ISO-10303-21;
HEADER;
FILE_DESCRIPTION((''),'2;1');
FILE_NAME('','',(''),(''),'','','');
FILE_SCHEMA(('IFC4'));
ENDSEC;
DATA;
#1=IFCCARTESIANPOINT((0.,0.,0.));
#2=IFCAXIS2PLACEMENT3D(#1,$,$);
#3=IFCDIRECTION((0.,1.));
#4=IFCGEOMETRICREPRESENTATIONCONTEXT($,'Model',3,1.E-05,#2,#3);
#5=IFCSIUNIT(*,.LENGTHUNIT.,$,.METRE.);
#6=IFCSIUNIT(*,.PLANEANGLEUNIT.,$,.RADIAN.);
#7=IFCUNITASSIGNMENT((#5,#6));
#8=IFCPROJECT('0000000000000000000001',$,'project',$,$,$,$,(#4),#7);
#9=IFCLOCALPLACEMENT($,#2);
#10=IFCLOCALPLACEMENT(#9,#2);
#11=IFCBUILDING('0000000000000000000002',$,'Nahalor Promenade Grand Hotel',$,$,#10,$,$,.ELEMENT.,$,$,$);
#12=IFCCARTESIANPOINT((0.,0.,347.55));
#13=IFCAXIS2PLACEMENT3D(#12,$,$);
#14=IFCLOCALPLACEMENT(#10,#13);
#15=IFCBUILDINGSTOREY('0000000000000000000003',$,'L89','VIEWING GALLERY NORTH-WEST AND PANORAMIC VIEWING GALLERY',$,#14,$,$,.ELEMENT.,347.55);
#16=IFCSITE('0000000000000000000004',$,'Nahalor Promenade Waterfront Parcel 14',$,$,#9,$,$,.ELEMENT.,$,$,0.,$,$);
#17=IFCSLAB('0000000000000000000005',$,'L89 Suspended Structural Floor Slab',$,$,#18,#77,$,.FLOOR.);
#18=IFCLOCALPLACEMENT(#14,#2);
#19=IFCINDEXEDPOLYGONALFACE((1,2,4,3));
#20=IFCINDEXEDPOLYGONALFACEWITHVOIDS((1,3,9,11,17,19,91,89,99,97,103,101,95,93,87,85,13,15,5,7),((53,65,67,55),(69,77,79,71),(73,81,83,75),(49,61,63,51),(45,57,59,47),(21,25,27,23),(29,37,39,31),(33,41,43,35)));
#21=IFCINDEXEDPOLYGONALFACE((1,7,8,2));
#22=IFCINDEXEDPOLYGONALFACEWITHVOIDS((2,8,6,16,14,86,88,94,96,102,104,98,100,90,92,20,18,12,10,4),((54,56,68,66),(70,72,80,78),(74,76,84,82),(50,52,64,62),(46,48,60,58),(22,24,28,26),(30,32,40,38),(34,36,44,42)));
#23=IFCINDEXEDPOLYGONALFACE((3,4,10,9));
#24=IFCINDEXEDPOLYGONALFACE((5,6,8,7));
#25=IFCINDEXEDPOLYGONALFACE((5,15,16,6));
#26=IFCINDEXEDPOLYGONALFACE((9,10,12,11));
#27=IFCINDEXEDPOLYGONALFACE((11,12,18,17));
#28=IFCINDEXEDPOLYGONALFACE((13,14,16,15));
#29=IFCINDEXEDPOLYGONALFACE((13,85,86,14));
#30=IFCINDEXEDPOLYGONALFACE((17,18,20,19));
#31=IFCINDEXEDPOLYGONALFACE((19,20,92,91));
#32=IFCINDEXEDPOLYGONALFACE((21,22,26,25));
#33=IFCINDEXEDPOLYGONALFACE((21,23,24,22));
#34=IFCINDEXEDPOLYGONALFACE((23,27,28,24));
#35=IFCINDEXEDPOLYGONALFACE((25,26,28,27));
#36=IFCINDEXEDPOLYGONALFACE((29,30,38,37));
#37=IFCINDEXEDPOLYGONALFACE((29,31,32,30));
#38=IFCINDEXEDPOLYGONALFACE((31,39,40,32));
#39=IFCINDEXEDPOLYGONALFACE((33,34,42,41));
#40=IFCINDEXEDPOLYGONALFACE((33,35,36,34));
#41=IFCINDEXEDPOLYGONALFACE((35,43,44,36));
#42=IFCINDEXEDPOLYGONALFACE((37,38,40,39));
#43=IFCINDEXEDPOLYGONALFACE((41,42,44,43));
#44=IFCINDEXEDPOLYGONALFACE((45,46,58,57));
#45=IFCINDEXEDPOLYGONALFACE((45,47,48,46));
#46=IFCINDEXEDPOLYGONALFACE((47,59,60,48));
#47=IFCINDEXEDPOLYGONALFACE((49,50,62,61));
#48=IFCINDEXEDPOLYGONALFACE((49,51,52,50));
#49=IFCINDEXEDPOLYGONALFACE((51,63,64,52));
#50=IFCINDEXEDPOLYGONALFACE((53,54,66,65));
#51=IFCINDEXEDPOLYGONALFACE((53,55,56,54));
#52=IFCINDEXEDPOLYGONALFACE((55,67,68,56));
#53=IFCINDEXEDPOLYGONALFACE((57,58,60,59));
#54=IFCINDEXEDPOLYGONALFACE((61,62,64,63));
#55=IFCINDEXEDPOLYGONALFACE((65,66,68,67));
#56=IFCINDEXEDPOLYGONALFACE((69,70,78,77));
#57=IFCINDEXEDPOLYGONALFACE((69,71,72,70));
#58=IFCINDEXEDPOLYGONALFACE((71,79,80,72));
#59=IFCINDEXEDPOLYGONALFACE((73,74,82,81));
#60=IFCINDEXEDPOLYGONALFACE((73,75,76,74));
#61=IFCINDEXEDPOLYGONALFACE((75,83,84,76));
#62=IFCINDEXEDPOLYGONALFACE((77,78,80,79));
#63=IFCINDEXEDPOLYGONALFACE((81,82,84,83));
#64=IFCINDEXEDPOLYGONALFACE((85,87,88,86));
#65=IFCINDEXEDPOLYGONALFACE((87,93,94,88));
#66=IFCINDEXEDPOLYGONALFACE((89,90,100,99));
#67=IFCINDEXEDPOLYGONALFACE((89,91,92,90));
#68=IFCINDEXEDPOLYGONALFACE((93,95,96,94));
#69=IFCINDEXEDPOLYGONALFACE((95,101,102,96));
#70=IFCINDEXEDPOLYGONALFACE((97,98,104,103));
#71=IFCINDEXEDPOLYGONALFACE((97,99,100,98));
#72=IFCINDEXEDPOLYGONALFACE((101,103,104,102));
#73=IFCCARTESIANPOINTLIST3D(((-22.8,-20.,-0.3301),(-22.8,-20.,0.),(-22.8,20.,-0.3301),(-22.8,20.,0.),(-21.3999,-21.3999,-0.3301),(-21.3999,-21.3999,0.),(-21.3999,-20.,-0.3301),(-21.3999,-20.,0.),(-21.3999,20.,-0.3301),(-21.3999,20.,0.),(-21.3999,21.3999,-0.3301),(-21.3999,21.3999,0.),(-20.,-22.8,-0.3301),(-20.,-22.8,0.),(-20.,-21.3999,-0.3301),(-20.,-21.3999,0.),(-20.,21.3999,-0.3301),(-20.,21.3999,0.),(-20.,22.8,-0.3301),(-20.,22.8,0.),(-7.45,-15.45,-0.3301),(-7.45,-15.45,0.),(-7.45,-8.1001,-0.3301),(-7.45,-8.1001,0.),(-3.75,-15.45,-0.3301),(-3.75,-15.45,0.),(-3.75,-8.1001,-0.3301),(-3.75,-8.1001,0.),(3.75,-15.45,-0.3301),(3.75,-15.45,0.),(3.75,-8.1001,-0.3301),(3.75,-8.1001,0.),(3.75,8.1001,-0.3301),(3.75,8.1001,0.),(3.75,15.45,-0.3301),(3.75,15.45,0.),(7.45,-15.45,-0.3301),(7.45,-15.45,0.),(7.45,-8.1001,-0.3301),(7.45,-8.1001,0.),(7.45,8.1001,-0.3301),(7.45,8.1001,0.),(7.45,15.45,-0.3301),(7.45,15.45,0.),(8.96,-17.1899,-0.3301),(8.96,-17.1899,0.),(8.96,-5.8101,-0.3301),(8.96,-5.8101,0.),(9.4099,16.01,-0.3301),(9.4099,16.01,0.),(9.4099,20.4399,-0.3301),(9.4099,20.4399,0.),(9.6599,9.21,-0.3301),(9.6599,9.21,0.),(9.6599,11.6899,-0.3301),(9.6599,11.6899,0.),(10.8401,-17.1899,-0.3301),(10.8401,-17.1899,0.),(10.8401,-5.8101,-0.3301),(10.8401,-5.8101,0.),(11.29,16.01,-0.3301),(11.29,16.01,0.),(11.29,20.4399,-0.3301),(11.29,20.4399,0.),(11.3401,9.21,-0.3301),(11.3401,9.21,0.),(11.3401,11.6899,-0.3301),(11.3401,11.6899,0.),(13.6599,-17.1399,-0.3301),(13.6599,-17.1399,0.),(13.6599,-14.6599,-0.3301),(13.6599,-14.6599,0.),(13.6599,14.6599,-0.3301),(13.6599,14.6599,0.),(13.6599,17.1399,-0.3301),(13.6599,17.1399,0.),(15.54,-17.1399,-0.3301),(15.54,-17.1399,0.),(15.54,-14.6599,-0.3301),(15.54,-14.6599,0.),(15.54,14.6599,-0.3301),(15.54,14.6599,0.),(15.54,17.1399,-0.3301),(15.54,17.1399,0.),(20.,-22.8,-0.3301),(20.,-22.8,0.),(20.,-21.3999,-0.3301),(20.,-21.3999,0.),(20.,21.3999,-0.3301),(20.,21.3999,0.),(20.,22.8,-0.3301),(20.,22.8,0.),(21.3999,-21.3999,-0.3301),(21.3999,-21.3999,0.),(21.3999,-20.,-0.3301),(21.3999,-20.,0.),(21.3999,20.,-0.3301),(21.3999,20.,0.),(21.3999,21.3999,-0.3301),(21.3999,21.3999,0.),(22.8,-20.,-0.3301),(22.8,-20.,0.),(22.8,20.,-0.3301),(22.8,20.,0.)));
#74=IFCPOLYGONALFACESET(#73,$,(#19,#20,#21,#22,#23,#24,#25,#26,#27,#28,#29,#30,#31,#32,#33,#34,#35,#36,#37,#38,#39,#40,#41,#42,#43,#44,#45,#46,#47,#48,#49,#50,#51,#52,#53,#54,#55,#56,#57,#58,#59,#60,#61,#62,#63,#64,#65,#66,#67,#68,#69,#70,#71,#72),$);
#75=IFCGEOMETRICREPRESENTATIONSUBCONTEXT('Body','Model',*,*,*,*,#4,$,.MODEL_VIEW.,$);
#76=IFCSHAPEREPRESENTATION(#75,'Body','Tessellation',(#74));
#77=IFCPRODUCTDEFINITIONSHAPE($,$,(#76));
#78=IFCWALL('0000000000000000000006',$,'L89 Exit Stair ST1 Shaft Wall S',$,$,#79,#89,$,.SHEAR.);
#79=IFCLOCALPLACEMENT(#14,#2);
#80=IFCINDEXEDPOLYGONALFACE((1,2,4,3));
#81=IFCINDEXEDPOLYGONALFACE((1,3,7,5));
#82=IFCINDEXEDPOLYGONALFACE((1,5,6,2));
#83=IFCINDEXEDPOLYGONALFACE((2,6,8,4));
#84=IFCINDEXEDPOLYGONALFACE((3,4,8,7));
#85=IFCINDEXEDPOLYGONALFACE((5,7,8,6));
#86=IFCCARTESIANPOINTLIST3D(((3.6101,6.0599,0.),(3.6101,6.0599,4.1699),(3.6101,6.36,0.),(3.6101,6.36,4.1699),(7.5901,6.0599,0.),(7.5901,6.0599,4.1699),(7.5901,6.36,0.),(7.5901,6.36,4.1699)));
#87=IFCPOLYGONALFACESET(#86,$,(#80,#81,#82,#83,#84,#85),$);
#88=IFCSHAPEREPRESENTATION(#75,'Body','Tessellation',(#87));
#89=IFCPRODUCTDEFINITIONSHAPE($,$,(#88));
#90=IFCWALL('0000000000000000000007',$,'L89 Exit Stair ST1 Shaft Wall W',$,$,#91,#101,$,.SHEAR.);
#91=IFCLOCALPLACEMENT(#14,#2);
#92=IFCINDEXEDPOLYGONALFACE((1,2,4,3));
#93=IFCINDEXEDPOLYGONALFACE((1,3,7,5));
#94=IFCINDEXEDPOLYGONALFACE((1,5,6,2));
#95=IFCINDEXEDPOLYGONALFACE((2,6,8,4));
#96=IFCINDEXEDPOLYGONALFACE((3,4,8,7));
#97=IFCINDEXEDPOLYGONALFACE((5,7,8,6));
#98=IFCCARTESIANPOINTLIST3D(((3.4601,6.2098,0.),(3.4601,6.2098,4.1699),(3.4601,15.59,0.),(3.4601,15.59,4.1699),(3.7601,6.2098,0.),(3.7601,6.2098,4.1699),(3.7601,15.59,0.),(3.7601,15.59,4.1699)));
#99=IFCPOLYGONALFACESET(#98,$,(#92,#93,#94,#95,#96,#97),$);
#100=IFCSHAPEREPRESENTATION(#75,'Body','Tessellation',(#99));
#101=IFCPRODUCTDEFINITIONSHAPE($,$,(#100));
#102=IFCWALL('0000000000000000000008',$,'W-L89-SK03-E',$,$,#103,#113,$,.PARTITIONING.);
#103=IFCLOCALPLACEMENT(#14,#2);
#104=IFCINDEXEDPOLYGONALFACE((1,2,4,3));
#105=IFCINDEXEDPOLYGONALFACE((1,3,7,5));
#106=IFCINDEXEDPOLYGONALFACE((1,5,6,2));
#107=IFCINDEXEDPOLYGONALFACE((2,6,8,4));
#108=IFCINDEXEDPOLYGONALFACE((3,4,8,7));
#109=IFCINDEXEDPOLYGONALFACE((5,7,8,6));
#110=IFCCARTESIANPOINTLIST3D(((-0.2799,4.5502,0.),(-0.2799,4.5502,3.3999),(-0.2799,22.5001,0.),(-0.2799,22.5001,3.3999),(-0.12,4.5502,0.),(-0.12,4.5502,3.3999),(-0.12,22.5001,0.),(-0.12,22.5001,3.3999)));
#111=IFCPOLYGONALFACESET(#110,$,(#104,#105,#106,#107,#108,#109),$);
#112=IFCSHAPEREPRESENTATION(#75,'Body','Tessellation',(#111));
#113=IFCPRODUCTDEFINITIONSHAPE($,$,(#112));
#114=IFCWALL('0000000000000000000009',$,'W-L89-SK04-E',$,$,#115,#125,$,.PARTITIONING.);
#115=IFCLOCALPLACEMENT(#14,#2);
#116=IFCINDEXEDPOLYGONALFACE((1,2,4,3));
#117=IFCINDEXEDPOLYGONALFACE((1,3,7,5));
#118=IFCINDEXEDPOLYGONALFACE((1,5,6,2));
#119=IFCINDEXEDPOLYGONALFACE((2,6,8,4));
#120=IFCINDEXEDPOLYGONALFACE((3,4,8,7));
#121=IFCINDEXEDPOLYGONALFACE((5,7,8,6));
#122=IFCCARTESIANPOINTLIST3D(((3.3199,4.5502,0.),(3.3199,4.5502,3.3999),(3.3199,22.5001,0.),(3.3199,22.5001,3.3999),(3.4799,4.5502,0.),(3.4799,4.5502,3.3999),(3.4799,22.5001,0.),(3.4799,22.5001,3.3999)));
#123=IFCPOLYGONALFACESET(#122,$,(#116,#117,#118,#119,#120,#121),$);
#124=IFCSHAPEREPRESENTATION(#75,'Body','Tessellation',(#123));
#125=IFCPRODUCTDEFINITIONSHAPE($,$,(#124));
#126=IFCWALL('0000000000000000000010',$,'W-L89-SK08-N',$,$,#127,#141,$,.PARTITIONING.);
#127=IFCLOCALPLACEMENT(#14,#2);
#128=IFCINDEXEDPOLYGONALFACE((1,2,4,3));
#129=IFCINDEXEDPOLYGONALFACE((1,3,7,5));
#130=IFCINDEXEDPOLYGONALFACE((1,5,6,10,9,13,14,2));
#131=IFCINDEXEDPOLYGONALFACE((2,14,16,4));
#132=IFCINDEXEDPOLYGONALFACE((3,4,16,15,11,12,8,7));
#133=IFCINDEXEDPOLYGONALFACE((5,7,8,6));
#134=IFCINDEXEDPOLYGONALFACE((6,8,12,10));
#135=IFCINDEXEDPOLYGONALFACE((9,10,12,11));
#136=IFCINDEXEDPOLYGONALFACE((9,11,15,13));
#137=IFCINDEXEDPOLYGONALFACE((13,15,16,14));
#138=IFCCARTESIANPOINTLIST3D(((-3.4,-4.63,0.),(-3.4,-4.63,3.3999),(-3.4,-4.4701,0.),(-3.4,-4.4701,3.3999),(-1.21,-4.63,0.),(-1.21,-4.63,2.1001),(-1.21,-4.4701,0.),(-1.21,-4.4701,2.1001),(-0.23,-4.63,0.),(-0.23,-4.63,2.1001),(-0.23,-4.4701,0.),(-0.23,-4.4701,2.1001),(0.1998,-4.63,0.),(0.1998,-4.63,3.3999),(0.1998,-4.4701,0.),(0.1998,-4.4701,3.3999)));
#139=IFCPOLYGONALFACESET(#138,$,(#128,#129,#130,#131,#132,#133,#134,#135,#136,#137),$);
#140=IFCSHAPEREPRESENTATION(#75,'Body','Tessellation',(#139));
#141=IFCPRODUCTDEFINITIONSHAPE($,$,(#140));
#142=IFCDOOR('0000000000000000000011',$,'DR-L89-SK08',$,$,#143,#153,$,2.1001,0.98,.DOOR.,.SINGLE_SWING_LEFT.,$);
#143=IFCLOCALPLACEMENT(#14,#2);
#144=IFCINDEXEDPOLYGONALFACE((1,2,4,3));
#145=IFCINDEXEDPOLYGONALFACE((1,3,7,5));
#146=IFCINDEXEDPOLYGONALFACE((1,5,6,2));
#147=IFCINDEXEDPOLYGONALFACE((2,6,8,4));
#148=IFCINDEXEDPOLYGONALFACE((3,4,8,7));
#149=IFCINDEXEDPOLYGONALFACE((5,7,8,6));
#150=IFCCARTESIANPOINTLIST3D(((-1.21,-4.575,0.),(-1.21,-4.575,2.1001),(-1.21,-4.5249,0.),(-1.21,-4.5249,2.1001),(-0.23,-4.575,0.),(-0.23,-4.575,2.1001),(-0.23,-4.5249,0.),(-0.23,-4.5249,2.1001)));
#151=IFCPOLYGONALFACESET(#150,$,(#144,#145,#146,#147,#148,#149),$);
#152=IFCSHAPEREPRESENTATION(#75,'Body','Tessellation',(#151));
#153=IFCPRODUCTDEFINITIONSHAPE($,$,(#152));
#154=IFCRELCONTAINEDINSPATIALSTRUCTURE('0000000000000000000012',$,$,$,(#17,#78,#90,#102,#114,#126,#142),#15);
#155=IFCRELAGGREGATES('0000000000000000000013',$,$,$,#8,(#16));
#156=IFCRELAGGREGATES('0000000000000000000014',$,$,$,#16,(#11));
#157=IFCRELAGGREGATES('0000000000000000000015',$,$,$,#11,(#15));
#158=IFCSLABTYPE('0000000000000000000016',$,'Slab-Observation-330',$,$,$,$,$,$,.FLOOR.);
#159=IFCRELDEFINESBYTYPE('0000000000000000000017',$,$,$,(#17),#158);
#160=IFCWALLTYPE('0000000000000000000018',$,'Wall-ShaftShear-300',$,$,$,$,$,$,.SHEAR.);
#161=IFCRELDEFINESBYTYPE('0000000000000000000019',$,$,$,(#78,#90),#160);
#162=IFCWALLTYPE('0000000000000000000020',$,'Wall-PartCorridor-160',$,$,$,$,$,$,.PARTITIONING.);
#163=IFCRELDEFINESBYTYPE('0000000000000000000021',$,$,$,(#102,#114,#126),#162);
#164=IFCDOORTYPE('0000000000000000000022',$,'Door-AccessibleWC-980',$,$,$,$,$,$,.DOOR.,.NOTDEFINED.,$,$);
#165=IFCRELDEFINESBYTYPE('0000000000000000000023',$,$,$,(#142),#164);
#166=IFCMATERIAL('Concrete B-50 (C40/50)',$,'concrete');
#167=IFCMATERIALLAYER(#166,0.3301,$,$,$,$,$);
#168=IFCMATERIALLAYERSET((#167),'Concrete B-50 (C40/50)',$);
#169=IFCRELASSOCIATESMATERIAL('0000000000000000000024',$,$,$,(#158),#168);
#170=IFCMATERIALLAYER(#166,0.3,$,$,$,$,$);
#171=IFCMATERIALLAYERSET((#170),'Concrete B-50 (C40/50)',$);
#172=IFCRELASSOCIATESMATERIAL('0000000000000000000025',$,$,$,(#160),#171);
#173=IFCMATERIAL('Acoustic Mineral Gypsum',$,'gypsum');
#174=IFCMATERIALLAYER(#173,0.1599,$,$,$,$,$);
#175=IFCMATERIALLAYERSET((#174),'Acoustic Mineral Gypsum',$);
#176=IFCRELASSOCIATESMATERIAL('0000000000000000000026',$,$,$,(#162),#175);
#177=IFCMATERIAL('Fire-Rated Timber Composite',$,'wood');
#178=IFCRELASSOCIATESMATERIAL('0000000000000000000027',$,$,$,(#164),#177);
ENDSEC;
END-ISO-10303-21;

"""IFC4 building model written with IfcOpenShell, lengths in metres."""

from ifc_helpers import new_model, si_unit, direction, frame, frame_2d, origin, place, context, subcontext, project, spatial, polyline, rectangle, outline, extrude, source, transform, mapped, material, layer, layer_set, type_object, element, fill, save


model = new_model("IFC4")

# Units and contexts
model_context = context("Model", 3, precision=1e-05, world=origin(), true_north=direction((0.0, 1.0)))
body_context = subcontext(model_context, "Body", "Model", "MODEL_VIEW")
ifc_project = project(units=[si_unit("LENGTHUNIT", "METRE"), si_unit("PLANEANGLEUNIT", "RADIAN")], contexts=[model_context])

# Site, building, storey
site_placement = place(None, origin())
site = spatial("IfcSite", under=ifc_project, at=site_placement, Name="Nahalor Promenade Waterfront Parcel 14", CompositionType="ELEMENT", RefElevation=0.0)
building_placement = place(site_placement, origin())
building = spatial("IfcBuilding", under=site, at=building_placement, Name="Nahalor Promenade Grand Hotel", CompositionType="ELEMENT")
storey_placement = place(building_placement, frame((0.0, 0.0, 347.55)))
storey = spatial("IfcBuildingStorey", under=building, at=storey_placement, Name="L89", Description="VIEWING GALLERY NORTH-WEST AND PANORAMIC VIEWING GALLERY", CompositionType="ELEMENT", Elevation=347.55)

# Shared definitions
ifc_material_1 = material(Name="Concrete B-50 (C40/50)", Category="concrete")

# Slab
ifc_layer_1 = layer(ifc_material_1, 0.3301)
ifc_layer_set_1 = layer_set([ifc_layer_1], Name="Concrete B-50 (C40/50)")
slab_type_1 = type_object("IfcSlabType", Name="Slab-Observation-330", PredefinedType="FLOOR", material=ifc_layer_set_1)
slab_1_placement = place(storey_placement, frame((0.0, 0.0, -0.3301)))
element("IfcSlab", 1, at=slab_1_placement, inside=storey, type_object=slab_type_1, Name="L89 Suspended Structural Floor Slab", PredefinedType="FLOOR", context=body_context, shape_type="SweptSolid", body=[
    extrude(outline(polyline([(-20.0, -22.8), (20.0, -22.8), (20.0, -21.3999), (21.3999, -21.3999), (21.3999, -20.0), (22.8, -20.0), (22.8, 20.0), (21.3999, 20.0), (21.3999, 21.3999), (20.0, 21.3999), (20.0, 22.8), (-20.0, 22.8), (-20.0, 21.3999), (-21.3999, 21.3999), (-21.3999, 20.0), (-22.8, 20.0), (-22.8, -20.0), (-21.3999, -20.0), (-21.3999, -21.3999), (-20.0, -21.3999), (-20.0, -22.8)]), holes=[polyline([(3.75, 8.1001), (7.45, 8.1001), (7.45, 15.45), (3.75, 15.45), (3.75, 8.1001)]), polyline([(3.75, -15.45), (7.45, -15.45), (7.45, -8.1001), (3.75, -8.1001), (3.75, -15.45)]), polyline([(-7.45, -15.45), (-3.75, -15.45), (-3.75, -8.1001), (-7.45, -8.1001), (-7.45, -15.45)]), polyline([(8.96, -17.1899), (10.8401, -17.1899), (10.8401, -5.8101), (8.96, -5.8101), (8.96, -17.1899)]), polyline([(9.4099, 16.01), (11.29, 16.01), (11.29, 20.4399), (9.4099, 20.4399), (9.4099, 16.01)]), polyline([(9.6599, 9.21), (11.3401, 9.21), (11.3401, 11.6899), (9.6599, 11.6899), (9.6599, 9.21)]), polyline([(13.6599, 14.6599), (15.54, 14.6599), (15.54, 17.1399), (13.6599, 17.1399), (13.6599, 14.6599)]), polyline([(13.6599, -17.1399), (15.54, -17.1399), (15.54, -14.6599), (13.6599, -14.6599), (13.6599, -17.1399)])]), origin(), (0.0, 0.0, 1.0), 0.3301),
])

# Walls
ifc_layer_2 = layer(ifc_material_1, 0.3)
ifc_layer_set_2 = layer_set([ifc_layer_2], Name="Concrete B-50 (C40/50)")
wall_type_1 = type_object("IfcWallType", Name="Wall-ShaftShear-300", PredefinedType="SHEAR", material=ifc_layer_set_2)
shared_shape_1 = source(origin(), body_context, "Body", "SweptSolid", [
    extrude(rectangle(XDim=3.98, YDim=0.3, at=frame_2d((1.99, 0.0))), origin(), (0.0, 0.0, 1.0), 4.1699),
])
wall_1_placement = place(storey_placement, frame((3.6101, 6.21, 0.0), z_axis=(0.0, 0.0, 1.0), x_axis=(1.0, 0.0, 0.0)))
element("IfcWall", 2, at=wall_1_placement, inside=storey, type_object=wall_type_1, Name="L89 Exit Stair ST1 Shaft Wall S", PredefinedType="SHEAR", context=body_context, shape_type="MappedRepresentation", body=[
    mapped(shared_shape_1, transform((0.0, 0.0, 0.0), scale=1.0)),
])
shared_shape_2 = source(origin(), body_context, "Body", "SweptSolid", [
    extrude(rectangle(XDim=9.3801, YDim=0.3, at=frame_2d((4.6899, 0.0))), origin(), (0.0, 0.0, 1.0), 4.1699),
])
wall_2_placement = place(storey_placement, frame((3.6101, 6.21, 0.0), z_axis=(0.0, 0.0, 1.0), x_axis=(0.0, 1.0, 0.0)))
element("IfcWall", 3, at=wall_2_placement, inside=storey, type_object=wall_type_1, Name="L89 Exit Stair ST1 Shaft Wall W", PredefinedType="SHEAR", context=body_context, shape_type="MappedRepresentation", body=[
    mapped(shared_shape_2, transform((0.0, 0.0, 0.0), scale=1.0)),
])

# Shared definitions
ifc_material_2 = material(Name="Acoustic Mineral Gypsum", Category="gypsum")
ifc_layer_3 = layer(ifc_material_2, 0.1599)
ifc_layer_set_3 = layer_set([ifc_layer_3], Name="Acoustic Mineral Gypsum")
wall_type_2 = type_object("IfcWallType", Name="Wall-PartCorridor-160", PredefinedType="PARTITIONING", material=ifc_layer_set_3)
ifc_material_3 = material(Name="Fire-Rated Timber Composite", Category="wood")

# Walls
shared_shape_3 = source(origin(), body_context, "Body", "SweptSolid", [
    extrude(rectangle(XDim=17.95, YDim=0.1599, at=frame_2d((8.9751, 0.0))), origin(), (0.0, 0.0, 1.0), 3.3999),
])
for number, where, z_axis, x_axis, name in (
    (4, (-0.2, 4.55, 0.0), (0.0, 0.0, 1.0), (0.0, 1.0, 0.0), "W-L89-SK03-E"),
    (5, (3.3999, 4.55, 0.0), (0.0, 0.0, 1.0), (0.0, 1.0, 0.0), "W-L89-SK04-E"),
):
    element("IfcWall", number, at=place(storey_placement, frame(where, z_axis=z_axis, x_axis=x_axis)), inside=storey, type_object=wall_type_2, Name=name, PredefinedType="PARTITIONING", context=body_context, shape_type="MappedRepresentation", body=[
        mapped(shared_shape_3, transform((0.0, 0.0, 0.0), scale=1.0)),
    ])

# Wall, opening, door
shared_shape_4 = source(origin(), body_context, "Body", "SweptSolid", [
    extrude(rectangle(XDim=3.5999, YDim=0.1599, at=frame_2d((1.7998, 0.0))), origin(), (0.0, 0.0, 1.0), 3.3999),
])
wall_3_placement = place(storey_placement, frame((-3.3999, -4.55, 0.0), z_axis=(0.0, 0.0, 1.0), x_axis=(1.0, 0.0, 0.0)))
wall_3 = element("IfcWall", 6, at=wall_3_placement, inside=storey, type_object=wall_type_2, Name="W-L89-SK08-N", PredefinedType="PARTITIONING", context=body_context, shape_type="MappedRepresentation", body=[
    mapped(shared_shape_4, transform((0.0, 0.0, 0.0), scale=1.0)),
])
opening_1_placement = place(wall_3_placement, frame((2.1899, 0.0, 0.0)))
opening_1 = element("IfcOpeningElement", 7, at=opening_1_placement, cuts=wall_3, PredefinedType="OPENING", context=body_context, shape_type="SweptSolid", body=[
    extrude(rectangle(XDim=0.98, YDim=2.1001, at=frame_2d((0.49, 1.05))), frame((0.0, 0.0898, 0.0), z_axis=(0.0, -1.0, 0.0), x_axis=(1.0, 0.0, 0.0)), (0.0, 0.0, 1.0), 0.1799),
])
door_type_1 = type_object("IfcDoorType", Name="Door-AccessibleWC-980", OperationType="NOTDEFINED", PredefinedType="DOOR", material=ifc_material_3)
shared_shape_5 = source(origin(), body_context, "Body", "SweptSolid", [
    extrude(rectangle(XDim=0.98, YDim=2.1001, at=frame_2d((0.49, 1.05))), frame((0.0, 0.0249, 0.0), z_axis=(0.0, -1.0, 0.0), x_axis=(1.0, 0.0, 0.0)), (0.0, 0.0, 1.0), 0.05),
])
door_1_placement = place(opening_1_placement, frame((0.98, 0.0, 0.0), z_axis=(0.0, 0.0, 1.0), x_axis=(-1.0, 0.0, 0.0)))
door_1 = element("IfcDoor", 8, at=door_1_placement, inside=storey, type_object=door_type_1, Name="DR-L89-SK08", OperationType="SINGLE_SWING_LEFT", OverallHeight=2.1001, OverallWidth=0.98, PredefinedType="DOOR", context=body_context, shape_type="MappedRepresentation", body=[
    mapped(shared_shape_5, transform((0.0, 0.0, 0.0), scale=1.0)),
])
fill(opening_1, door_1)

save(model, "model.ifc")
